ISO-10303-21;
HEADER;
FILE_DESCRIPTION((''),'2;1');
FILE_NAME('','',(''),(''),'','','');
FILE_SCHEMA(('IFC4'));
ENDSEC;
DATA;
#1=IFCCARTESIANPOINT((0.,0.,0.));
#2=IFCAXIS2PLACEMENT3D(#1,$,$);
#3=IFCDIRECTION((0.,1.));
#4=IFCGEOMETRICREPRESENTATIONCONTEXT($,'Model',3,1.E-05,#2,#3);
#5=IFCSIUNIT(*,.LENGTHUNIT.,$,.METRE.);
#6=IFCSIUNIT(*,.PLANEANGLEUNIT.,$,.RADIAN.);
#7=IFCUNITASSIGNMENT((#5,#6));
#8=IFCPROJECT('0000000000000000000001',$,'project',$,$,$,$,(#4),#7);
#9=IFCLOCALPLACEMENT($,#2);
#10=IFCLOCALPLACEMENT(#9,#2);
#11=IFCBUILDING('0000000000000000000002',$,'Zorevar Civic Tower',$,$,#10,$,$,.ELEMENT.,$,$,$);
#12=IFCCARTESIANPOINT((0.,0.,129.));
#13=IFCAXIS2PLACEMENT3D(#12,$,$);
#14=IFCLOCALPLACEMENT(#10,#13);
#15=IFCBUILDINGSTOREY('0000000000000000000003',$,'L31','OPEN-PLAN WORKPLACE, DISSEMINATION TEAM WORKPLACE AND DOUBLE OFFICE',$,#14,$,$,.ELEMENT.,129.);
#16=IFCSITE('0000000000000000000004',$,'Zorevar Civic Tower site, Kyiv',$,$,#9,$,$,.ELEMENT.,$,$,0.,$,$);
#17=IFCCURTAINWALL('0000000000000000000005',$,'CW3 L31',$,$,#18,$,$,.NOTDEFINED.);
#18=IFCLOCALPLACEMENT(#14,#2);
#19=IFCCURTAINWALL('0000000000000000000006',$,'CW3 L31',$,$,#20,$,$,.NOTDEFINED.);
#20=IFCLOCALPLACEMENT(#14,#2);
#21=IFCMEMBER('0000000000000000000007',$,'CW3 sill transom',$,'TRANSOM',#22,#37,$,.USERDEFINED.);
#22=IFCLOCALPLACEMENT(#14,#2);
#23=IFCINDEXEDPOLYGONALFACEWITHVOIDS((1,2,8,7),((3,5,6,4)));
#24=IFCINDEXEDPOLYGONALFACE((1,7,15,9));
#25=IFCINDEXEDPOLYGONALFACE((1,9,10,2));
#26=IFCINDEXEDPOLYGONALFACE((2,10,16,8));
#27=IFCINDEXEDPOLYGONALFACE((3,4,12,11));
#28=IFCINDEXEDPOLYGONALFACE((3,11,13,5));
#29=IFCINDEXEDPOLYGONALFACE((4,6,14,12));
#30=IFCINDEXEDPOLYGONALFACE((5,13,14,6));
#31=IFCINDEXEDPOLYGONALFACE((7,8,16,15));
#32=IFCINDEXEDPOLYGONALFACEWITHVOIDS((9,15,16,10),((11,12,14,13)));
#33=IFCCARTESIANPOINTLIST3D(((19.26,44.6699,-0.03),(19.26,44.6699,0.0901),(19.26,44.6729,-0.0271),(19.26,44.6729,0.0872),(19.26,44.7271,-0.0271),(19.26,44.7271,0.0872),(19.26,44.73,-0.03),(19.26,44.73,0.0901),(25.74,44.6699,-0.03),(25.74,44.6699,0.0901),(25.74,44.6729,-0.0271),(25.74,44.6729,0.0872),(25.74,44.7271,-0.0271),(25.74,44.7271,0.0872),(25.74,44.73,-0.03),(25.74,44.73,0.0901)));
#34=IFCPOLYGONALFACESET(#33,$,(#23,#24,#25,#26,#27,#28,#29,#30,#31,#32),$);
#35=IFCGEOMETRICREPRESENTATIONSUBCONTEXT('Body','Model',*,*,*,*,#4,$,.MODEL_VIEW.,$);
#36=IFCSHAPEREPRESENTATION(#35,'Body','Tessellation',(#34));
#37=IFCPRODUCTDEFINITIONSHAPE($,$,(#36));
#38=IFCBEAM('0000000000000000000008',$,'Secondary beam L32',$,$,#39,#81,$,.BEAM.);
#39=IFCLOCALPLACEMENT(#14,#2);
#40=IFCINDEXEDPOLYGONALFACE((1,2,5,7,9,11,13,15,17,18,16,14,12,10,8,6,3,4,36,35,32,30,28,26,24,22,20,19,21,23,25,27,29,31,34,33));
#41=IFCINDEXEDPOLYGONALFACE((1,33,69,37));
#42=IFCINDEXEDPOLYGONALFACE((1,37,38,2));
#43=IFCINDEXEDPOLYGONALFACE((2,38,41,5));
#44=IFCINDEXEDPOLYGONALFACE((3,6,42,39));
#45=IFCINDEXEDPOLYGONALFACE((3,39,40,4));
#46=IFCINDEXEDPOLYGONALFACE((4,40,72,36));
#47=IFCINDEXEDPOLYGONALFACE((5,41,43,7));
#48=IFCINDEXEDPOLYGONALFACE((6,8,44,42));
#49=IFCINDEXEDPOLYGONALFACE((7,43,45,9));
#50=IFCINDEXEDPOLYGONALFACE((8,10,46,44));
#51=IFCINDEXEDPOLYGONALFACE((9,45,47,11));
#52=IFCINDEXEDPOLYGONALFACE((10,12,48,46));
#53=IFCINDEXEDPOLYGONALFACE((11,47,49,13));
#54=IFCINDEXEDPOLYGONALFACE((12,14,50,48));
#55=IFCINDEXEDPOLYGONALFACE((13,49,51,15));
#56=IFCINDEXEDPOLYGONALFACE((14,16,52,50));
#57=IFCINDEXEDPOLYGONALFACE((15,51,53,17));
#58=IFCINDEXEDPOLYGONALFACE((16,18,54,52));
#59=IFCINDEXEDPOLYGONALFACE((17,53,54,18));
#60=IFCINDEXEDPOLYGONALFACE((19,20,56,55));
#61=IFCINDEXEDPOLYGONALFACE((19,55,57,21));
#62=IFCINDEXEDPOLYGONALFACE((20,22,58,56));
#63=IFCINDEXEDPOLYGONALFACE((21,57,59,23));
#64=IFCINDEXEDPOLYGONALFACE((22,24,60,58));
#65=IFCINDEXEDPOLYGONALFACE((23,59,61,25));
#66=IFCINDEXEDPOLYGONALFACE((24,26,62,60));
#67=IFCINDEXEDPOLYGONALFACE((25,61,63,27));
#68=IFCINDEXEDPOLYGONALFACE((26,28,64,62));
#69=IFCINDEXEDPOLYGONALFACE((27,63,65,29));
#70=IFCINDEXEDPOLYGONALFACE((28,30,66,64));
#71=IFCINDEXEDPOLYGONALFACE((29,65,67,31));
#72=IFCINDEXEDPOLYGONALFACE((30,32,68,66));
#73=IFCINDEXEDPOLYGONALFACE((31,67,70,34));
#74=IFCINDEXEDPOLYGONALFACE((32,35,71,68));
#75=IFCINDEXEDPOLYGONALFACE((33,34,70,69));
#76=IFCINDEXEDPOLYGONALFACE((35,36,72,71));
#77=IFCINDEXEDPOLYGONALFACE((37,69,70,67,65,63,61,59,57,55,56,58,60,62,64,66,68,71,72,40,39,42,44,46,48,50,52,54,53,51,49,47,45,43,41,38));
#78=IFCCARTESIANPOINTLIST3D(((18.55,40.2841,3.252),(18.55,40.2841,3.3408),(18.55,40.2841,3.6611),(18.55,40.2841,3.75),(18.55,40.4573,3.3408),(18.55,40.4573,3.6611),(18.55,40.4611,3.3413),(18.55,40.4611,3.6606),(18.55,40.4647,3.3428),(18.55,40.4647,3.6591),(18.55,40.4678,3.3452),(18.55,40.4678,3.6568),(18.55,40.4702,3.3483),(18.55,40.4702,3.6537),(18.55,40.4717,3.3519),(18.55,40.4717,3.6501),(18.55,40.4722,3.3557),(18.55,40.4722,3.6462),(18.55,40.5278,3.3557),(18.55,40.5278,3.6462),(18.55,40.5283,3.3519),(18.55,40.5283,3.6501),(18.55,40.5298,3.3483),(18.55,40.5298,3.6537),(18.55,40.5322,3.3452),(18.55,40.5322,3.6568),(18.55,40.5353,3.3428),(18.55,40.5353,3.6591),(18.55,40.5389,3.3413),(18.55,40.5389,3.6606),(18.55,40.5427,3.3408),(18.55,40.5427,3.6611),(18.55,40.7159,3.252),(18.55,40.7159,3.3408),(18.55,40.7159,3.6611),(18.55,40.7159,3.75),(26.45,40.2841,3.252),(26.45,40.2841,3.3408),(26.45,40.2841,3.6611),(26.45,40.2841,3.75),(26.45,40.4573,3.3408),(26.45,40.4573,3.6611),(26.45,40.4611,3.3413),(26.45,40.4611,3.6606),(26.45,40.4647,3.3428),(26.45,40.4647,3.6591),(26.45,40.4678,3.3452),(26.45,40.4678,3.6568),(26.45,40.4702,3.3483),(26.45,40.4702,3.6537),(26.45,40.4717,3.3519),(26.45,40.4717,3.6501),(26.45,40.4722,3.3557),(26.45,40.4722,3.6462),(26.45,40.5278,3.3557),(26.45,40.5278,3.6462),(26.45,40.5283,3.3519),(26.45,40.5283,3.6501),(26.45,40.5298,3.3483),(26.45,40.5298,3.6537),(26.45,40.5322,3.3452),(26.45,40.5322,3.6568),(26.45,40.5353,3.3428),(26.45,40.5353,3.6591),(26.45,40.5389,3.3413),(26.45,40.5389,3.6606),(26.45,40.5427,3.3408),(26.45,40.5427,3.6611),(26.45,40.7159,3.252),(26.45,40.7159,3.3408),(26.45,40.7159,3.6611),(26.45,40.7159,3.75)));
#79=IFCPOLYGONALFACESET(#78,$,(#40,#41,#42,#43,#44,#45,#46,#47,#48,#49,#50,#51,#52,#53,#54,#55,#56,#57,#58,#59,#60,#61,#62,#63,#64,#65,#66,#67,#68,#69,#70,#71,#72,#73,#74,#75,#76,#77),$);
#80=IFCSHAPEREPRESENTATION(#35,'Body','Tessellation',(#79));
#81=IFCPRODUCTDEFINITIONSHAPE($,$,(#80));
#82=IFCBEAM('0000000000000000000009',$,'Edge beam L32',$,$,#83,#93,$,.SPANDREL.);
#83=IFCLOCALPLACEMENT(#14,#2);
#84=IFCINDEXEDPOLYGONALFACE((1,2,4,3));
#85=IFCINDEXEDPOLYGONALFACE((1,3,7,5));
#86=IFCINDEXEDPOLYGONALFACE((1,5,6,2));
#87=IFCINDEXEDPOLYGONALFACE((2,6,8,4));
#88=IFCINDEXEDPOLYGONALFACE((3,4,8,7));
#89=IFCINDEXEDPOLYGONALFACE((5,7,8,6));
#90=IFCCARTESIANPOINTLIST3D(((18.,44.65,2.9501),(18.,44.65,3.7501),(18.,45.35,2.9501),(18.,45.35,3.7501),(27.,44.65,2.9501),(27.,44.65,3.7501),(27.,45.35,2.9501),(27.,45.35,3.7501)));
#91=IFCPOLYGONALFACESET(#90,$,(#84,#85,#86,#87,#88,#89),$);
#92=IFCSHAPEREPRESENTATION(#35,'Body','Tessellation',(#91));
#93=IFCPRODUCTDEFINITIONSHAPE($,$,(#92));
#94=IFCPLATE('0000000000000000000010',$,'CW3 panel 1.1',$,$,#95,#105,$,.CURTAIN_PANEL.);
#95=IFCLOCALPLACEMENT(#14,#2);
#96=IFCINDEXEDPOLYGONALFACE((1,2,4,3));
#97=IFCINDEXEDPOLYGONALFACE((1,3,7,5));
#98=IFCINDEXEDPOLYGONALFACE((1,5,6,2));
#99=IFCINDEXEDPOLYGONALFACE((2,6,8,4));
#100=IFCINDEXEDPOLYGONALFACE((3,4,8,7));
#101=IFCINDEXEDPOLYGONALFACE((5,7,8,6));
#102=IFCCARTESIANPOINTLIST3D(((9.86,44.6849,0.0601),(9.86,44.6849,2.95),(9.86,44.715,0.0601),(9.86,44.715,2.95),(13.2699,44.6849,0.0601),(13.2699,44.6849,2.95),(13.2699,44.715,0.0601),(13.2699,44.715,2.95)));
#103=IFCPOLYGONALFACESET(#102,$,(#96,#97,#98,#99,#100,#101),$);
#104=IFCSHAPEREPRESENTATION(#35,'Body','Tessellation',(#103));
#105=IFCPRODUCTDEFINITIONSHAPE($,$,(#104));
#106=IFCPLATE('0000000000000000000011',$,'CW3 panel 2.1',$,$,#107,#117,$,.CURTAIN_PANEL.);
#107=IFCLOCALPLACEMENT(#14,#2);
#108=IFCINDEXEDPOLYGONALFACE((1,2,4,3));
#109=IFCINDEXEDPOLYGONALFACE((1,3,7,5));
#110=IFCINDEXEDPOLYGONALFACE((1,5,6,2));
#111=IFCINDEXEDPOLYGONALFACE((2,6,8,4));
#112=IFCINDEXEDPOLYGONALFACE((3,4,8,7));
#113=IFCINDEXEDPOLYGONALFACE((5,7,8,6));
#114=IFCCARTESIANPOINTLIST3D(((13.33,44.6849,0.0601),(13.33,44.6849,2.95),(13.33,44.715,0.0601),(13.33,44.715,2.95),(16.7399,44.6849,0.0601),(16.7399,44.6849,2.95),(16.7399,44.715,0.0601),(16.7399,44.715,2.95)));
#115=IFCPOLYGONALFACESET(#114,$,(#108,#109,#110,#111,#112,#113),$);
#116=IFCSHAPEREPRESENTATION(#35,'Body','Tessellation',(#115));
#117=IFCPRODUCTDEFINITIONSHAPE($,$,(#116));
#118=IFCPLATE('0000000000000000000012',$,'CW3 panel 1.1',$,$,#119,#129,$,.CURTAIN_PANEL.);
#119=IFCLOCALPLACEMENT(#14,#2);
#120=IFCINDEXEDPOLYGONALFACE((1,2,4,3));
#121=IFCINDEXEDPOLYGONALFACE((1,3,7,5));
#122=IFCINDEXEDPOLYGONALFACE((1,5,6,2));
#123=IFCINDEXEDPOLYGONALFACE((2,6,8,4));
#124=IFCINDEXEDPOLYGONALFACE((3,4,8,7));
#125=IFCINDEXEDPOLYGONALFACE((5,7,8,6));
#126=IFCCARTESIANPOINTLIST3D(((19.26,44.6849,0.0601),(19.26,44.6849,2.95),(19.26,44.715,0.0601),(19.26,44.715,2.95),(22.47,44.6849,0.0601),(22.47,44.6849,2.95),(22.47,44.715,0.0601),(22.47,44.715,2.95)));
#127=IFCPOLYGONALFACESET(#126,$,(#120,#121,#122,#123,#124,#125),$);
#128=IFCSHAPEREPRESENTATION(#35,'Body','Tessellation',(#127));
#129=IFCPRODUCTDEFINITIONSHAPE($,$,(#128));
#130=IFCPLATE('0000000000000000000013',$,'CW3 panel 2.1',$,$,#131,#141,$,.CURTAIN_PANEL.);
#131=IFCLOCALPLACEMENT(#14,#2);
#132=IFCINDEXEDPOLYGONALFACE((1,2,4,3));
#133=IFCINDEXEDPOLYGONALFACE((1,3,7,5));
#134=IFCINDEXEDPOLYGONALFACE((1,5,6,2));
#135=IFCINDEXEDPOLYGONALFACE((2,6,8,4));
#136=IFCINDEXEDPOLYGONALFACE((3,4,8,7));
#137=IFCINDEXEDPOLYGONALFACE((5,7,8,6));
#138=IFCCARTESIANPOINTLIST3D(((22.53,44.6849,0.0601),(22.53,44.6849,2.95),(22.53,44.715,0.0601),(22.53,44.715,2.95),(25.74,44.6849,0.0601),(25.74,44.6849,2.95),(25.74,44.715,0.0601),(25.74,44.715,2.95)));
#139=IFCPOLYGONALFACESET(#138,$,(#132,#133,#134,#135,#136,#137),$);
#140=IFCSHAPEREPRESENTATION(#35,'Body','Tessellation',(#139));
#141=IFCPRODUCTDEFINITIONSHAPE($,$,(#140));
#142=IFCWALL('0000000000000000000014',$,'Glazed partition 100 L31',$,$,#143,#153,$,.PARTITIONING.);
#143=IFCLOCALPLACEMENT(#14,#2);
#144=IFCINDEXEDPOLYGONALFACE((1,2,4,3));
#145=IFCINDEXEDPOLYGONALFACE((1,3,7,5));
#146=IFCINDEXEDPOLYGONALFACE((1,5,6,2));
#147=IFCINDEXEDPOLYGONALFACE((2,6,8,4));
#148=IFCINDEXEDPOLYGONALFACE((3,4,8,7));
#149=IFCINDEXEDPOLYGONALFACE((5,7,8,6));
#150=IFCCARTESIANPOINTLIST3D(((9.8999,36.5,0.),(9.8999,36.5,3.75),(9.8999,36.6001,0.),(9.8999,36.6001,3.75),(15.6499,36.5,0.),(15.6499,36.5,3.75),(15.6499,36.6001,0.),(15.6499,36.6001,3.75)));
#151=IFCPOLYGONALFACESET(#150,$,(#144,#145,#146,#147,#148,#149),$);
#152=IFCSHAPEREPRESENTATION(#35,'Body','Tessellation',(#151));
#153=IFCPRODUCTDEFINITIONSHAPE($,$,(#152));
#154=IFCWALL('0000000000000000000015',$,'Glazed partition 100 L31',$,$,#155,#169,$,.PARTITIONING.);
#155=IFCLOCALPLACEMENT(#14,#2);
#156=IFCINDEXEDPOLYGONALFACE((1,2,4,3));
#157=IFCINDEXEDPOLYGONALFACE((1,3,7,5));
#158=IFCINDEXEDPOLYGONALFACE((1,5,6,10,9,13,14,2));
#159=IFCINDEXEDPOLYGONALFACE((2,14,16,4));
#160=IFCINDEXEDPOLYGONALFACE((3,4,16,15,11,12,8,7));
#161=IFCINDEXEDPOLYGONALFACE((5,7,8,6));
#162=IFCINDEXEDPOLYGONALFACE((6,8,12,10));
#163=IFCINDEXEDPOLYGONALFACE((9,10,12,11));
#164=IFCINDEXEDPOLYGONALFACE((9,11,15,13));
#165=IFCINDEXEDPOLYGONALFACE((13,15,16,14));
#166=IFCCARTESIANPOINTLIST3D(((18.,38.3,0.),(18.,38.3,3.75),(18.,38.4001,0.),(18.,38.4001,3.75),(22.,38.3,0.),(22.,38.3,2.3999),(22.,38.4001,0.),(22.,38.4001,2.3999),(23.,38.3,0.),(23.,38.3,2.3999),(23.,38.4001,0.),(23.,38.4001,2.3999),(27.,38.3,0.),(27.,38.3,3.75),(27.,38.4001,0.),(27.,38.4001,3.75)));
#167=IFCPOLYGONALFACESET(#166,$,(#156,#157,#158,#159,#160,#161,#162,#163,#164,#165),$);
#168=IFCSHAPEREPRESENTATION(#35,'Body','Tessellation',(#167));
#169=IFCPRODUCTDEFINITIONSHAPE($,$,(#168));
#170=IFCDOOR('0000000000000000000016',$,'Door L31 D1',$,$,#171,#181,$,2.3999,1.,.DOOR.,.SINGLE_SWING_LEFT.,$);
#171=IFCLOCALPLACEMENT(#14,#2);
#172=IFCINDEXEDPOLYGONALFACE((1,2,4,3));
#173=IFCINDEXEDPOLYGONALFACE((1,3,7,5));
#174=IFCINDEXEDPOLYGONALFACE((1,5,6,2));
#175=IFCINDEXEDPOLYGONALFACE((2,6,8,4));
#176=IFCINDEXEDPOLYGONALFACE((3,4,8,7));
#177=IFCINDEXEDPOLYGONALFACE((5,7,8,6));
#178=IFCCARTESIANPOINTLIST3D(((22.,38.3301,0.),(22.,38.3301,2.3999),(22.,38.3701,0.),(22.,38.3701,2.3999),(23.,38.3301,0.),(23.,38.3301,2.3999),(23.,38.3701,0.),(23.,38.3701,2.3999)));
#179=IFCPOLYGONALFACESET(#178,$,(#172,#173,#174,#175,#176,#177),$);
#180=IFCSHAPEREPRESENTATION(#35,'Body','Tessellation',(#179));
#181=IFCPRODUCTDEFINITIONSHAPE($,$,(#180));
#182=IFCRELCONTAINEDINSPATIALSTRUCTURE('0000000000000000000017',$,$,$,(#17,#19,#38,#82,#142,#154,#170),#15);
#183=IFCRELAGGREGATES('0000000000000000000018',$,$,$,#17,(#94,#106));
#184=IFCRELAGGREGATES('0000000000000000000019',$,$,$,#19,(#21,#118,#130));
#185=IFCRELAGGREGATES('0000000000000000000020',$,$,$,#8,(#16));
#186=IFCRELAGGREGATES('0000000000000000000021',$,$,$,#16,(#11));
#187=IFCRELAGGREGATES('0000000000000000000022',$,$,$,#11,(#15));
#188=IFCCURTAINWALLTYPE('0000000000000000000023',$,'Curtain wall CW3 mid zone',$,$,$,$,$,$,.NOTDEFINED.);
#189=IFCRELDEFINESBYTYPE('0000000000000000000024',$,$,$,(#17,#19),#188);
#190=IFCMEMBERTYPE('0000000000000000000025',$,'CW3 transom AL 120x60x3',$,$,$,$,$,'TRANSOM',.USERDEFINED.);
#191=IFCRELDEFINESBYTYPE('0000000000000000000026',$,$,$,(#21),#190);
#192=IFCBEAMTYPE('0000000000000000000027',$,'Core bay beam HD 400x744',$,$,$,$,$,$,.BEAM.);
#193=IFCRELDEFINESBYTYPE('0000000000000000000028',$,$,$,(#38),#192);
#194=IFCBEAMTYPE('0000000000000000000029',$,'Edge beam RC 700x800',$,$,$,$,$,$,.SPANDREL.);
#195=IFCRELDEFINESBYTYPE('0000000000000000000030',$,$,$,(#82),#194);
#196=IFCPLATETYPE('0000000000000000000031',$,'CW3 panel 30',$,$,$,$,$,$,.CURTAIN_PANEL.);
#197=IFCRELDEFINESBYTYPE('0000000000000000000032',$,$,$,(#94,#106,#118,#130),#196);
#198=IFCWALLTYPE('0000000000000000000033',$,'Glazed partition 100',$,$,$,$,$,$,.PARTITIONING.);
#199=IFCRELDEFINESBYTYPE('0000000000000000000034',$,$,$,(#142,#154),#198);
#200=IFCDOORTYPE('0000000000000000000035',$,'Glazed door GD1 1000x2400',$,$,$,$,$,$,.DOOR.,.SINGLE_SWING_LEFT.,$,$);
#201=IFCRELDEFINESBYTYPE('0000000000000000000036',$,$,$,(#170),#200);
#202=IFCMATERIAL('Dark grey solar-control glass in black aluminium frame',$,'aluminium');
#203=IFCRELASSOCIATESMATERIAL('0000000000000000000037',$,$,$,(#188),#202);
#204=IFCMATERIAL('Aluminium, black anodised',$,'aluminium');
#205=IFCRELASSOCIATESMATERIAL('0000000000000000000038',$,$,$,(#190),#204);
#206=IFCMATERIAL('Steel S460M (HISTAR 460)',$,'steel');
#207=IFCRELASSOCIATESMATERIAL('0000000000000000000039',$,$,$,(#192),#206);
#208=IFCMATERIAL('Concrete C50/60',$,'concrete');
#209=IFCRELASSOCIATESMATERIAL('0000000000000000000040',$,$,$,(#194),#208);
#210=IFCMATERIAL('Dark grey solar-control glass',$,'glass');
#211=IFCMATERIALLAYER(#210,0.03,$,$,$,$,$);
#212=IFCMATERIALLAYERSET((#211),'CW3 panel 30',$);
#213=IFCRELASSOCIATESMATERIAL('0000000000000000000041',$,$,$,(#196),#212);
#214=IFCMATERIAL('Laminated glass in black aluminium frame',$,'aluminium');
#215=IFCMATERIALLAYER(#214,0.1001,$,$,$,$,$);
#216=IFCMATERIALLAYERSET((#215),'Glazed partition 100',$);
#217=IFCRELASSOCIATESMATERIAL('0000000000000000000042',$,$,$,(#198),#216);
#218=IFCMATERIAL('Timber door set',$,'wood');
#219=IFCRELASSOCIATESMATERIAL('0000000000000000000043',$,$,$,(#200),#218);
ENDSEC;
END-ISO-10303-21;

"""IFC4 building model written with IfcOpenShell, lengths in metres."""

from ifc_helpers import new_model, si_unit, direction, frame, frame_2d, origin, origin_2d, place, context, subcontext, project, spatial, rectangle, hollow_rectangle, i_section, extrude, material, layer, layer_set, material_profile, profile_set, type_object, element, fill, aggregate, save


model = new_model("IFC4")

# Units and contexts
model_context = context("Model", 3, precision=1e-05, world=origin(), true_north=direction((0.0, 1.0)))
body_context = subcontext(model_context, "Body", "Model", "MODEL_VIEW")
ifc_project = project(units=[si_unit("LENGTHUNIT", "METRE"), si_unit("PLANEANGLEUNIT", "RADIAN")], contexts=[model_context])

# Site, building, storey
site_placement = place(None, origin())
site = spatial("IfcSite", under=ifc_project, at=site_placement, Name="Zorevar Civic Tower site, Kyiv", CompositionType="ELEMENT", RefElevation=0.0)
building_placement = place(site_placement, origin())
building = spatial("IfcBuilding", under=site, at=building_placement, Name="Zorevar Civic Tower", CompositionType="ELEMENT")
storey_placement = place(building_placement, frame((0.0, 0.0, 129.0)))
storey = spatial("IfcBuildingStorey", under=building, at=storey_placement, Name="L31", Description="OPEN-PLAN WORKPLACE, DISSEMINATION TEAM WORKPLACE AND DOUBLE OFFICE", CompositionType="ELEMENT", Elevation=129.0)

# Curtain walls
ifc_material_1 = material(Name="Dark grey solar-control glass in black aluminium frame", Category="aluminium")
curtain_wall_type = type_object("IfcCurtainWallType", Name="Curtain wall CW3 mid zone", PredefinedType="NOTDEFINED", material=ifc_material_1)
curtain_wall_1_placement = place(storey_placement, origin())
curtain_wall_1 = element("IfcCurtainWall", 1, at=curtain_wall_1_placement, inside=storey, type_object=curtain_wall_type, Name="CW3 L31", PredefinedType="NOTDEFINED")
curtain_wall_2_placement = place(storey_placement, origin())
curtain_wall_2 = element("IfcCurtainWall", 2, at=curtain_wall_2_placement, inside=storey, type_object=curtain_wall_type, Name="CW3 L31", PredefinedType="NOTDEFINED")

# Member
ifc_material_2 = material(Name="Aluminium, black anodised", Category="aluminium")
ifc_material_profile_1 = material_profile(ifc_material_2, hollow_rectangle(XDim=0.0601, YDim=0.1201, WallThickness=0.0029, at=origin_2d()), Name="AL 120x60x3")
ifc_profile_set_1 = profile_set([ifc_material_profile_1], Name="Aluminium, black anodised")
member_type_1 = type_object("IfcMemberType", Name="CW3 transom AL 120x60x3", ElementType="TRANSOM", PredefinedType="USERDEFINED", material=ifc_profile_set_1)
member_1_placement = place(storey_placement, frame((19.26, 44.7, 0.03), z_axis=(1.0, 0.0, 0.0), x_axis=(0.0, 1.0, 0.0)))
member_1 = element("IfcMember", 3, at=member_1_placement, type_object=member_type_1, Name="CW3 sill transom", ObjectType="TRANSOM", PredefinedType="USERDEFINED", context=body_context, shape_type="SweptSolid", body=[
    extrude(hollow_rectangle(XDim=0.0601, YDim=0.1201, WallThickness=0.0029, at=origin_2d()), origin(), (0.0, 0.0, 1.0), 6.48),
])

# Beams
ifc_material_3 = material(Name="Steel S460M (HISTAR 460)", Category="steel")
ifc_material_profile_2 = material_profile(ifc_material_3, i_section(OverallWidth=0.4319, OverallDepth=0.498, WebThickness=0.0557, FlangeThickness=0.0889, FilletRadius=0.0149, at=origin_2d()), Name="HD 400x744")
ifc_profile_set_2 = profile_set([ifc_material_profile_2], Name="Steel S460M (HISTAR 460)")
beam_type_1 = type_object("IfcBeamType", Name="Core bay beam HD 400x744", PredefinedType="BEAM", material=ifc_profile_set_2)
beam_1_placement = place(storey_placement, frame((18.55, 40.5, 3.501), z_axis=(1.0, 0.0, 0.0), x_axis=(0.0, 1.0, 0.0)))
element("IfcBeam", 4, at=beam_1_placement, inside=storey, type_object=beam_type_1, Name="Secondary beam L32", PredefinedType="BEAM", context=body_context, shape_type="SweptSolid", body=[
    extrude(i_section(OverallWidth=0.4319, OverallDepth=0.498, WebThickness=0.0557, FlangeThickness=0.0889, FilletRadius=0.0149, at=origin_2d()), origin(), (0.0, 0.0, 1.0), 7.8999),
])
ifc_material_4 = material(Name="Concrete C50/60", Category="concrete")
ifc_material_profile_3 = material_profile(ifc_material_4, rectangle(XDim=0.7, YDim=0.8, at=origin_2d()), Name="RC 700x800")
ifc_profile_set_3 = profile_set([ifc_material_profile_3], Name="Concrete C50/60")
beam_type_2 = type_object("IfcBeamType", Name="Edge beam RC 700x800", PredefinedType="SPANDREL", material=ifc_profile_set_3)
beam_2_placement = place(storey_placement, frame((18.0, 45.0, 3.3501), z_axis=(1.0, 0.0, 0.0), x_axis=(0.0, 1.0, 0.0)))
element("IfcBeam", 5, at=beam_2_placement, inside=storey, type_object=beam_type_2, Name="Edge beam L32", PredefinedType="SPANDREL", context=body_context, shape_type="SweptSolid", body=[
    extrude(rectangle(XDim=0.7, YDim=0.8, at=origin_2d()), origin(), (0.0, 0.0, 1.0), 9.0),
])

# Plates
ifc_material_5 = material(Name="Dark grey solar-control glass", Category="glass")
ifc_layer_1 = layer(ifc_material_5, 0.03)
ifc_layer_set_1 = layer_set([ifc_layer_1], Name="CW3 panel 30")
plate_type = type_object("IfcPlateType", Name="CW3 panel 30", PredefinedType="CURTAIN_PANEL", material=ifc_layer_set_1)
plate_1_placement = place(storey_placement, frame((11.5649, 44.7, 0.0601), z_axis=(0.0, 0.0, 1.0), x_axis=(1.0, 0.0, 0.0)))
plate_1 = element("IfcPlate", 6, at=plate_1_placement, type_object=plate_type, Name="CW3 panel 1.1", PredefinedType="CURTAIN_PANEL", context=body_context, shape_type="SweptSolid", body=[
    extrude(rectangle(XDim=3.4099, YDim=0.03, at=origin_2d()), origin(), (0.0, 0.0, 1.0), 2.8899),
])
plate_2_placement = place(storey_placement, frame((15.0349, 44.7, 0.0601), z_axis=(0.0, 0.0, 1.0), x_axis=(1.0, 0.0, 0.0)))
plate_2 = element("IfcPlate", 7, at=plate_2_placement, type_object=plate_type, Name="CW3 panel 2.1", PredefinedType="CURTAIN_PANEL", context=body_context, shape_type="SweptSolid", body=[
    extrude(rectangle(XDim=3.4099, YDim=0.03, at=origin_2d()), origin(), (0.0, 0.0, 1.0), 2.8899),
])
aggregate(curtain_wall_1, [plate_1, plate_2])
plate_3_placement = place(storey_placement, frame((20.865, 44.7, 0.0601), z_axis=(0.0, 0.0, 1.0), x_axis=(1.0, 0.0, 0.0)))
plate_3 = element("IfcPlate", 8, at=plate_3_placement, type_object=plate_type, Name="CW3 panel 1.1", PredefinedType="CURTAIN_PANEL", context=body_context, shape_type="SweptSolid", body=[
    extrude(rectangle(XDim=3.21, YDim=0.03, at=origin_2d()), origin(), (0.0, 0.0, 1.0), 2.8899),
])
plate_4_placement = place(storey_placement, frame((24.135, 44.7, 0.0601), z_axis=(0.0, 0.0, 1.0), x_axis=(1.0, 0.0, 0.0)))
plate_4 = element("IfcPlate", 9, at=plate_4_placement, type_object=plate_type, Name="CW3 panel 2.1", PredefinedType="CURTAIN_PANEL", context=body_context, shape_type="SweptSolid", body=[
    extrude(rectangle(XDim=3.21, YDim=0.03, at=origin_2d()), origin(), (0.0, 0.0, 1.0), 2.8899),
])
aggregate(curtain_wall_2, [member_1, plate_3, plate_4])

# Wall
ifc_material_6 = material(Name="Laminated glass in black aluminium frame", Category="aluminium")
ifc_layer_2 = layer(ifc_material_6, 0.1001)
ifc_layer_set_2 = layer_set([ifc_layer_2], Name="Glazed partition 100")
wall_type_1 = type_object("IfcWallType", Name="Glazed partition 100", PredefinedType="PARTITIONING", material=ifc_layer_set_2)
wall_1_placement = place(storey_placement, frame((9.8999, 36.55, 0.0), z_axis=(0.0, 0.0, 1.0), x_axis=(1.0, 0.0, 0.0)))
element("IfcWall", 10, at=wall_1_placement, inside=storey, type_object=wall_type_1, Name="Glazed partition 100 L31", PredefinedType="PARTITIONING", context=body_context, shape_type="SweptSolid", body=[
    extrude(rectangle(XDim=5.75, YDim=0.1001, at=frame_2d((2.875, 0.0))), origin(), (0.0, 0.0, 1.0), 3.75),
])

# Wall, opening, door
wall_2_placement = place(storey_placement, frame((18.0, 38.3501, 0.0), z_axis=(0.0, 0.0, 1.0), x_axis=(1.0, 0.0, 0.0)))
wall_2 = element("IfcWall", 11, at=wall_2_placement, inside=storey, type_object=wall_type_1, Name="Glazed partition 100 L31", PredefinedType="PARTITIONING", context=body_context, shape_type="SweptSolid", body=[
    extrude(rectangle(XDim=9.0, YDim=0.1001, at=frame_2d((4.5, 0.0))), origin(), (0.0, 0.0, 1.0), 3.75),
])
opening_1_placement = place(wall_2_placement, frame((4.0, 0.0, 0.0)))
opening_1 = element("IfcOpeningElement", 12, at=opening_1_placement, cuts=wall_2, PredefinedType="OPENING", context=body_context, shape_type="SweptSolid", body=[
    extrude(rectangle(XDim=1.0, YDim=2.3999, at=frame_2d((0.5, 1.2))), frame((0.0, 0.0601, 0.0), z_axis=(0.0, -1.0, 0.0), x_axis=(1.0, 0.0, 0.0)), (0.0, 0.0, 1.0), 0.1201),
])
ifc_material_7 = material(Name="Timber door set", Category="wood")
door_type_1 = type_object("IfcDoorType", Name="Glazed door GD1 1000x2400", OperationType="SINGLE_SWING_LEFT", PredefinedType="DOOR", material=ifc_material_7)
door_1_placement = place(opening_1_placement, origin())
door_1 = element("IfcDoor", 13, at=door_1_placement, inside=storey, type_object=door_type_1, Name="Door L31 D1", OperationType="SINGLE_SWING_LEFT", OverallHeight=2.3999, OverallWidth=1.0, PredefinedType="DOOR", context=body_context, shape_type="SweptSolid", body=[
    extrude(rectangle(XDim=1.0, YDim=2.3999, at=frame_2d((0.5, 1.2))), frame((0.0, 0.02, 0.0), z_axis=(0.0, -1.0, 0.0), x_axis=(1.0, 0.0, 0.0)), (0.0, 0.0, 1.0), 0.04),
])
fill(opening_1, door_1)

save(model, "model.ifc")
